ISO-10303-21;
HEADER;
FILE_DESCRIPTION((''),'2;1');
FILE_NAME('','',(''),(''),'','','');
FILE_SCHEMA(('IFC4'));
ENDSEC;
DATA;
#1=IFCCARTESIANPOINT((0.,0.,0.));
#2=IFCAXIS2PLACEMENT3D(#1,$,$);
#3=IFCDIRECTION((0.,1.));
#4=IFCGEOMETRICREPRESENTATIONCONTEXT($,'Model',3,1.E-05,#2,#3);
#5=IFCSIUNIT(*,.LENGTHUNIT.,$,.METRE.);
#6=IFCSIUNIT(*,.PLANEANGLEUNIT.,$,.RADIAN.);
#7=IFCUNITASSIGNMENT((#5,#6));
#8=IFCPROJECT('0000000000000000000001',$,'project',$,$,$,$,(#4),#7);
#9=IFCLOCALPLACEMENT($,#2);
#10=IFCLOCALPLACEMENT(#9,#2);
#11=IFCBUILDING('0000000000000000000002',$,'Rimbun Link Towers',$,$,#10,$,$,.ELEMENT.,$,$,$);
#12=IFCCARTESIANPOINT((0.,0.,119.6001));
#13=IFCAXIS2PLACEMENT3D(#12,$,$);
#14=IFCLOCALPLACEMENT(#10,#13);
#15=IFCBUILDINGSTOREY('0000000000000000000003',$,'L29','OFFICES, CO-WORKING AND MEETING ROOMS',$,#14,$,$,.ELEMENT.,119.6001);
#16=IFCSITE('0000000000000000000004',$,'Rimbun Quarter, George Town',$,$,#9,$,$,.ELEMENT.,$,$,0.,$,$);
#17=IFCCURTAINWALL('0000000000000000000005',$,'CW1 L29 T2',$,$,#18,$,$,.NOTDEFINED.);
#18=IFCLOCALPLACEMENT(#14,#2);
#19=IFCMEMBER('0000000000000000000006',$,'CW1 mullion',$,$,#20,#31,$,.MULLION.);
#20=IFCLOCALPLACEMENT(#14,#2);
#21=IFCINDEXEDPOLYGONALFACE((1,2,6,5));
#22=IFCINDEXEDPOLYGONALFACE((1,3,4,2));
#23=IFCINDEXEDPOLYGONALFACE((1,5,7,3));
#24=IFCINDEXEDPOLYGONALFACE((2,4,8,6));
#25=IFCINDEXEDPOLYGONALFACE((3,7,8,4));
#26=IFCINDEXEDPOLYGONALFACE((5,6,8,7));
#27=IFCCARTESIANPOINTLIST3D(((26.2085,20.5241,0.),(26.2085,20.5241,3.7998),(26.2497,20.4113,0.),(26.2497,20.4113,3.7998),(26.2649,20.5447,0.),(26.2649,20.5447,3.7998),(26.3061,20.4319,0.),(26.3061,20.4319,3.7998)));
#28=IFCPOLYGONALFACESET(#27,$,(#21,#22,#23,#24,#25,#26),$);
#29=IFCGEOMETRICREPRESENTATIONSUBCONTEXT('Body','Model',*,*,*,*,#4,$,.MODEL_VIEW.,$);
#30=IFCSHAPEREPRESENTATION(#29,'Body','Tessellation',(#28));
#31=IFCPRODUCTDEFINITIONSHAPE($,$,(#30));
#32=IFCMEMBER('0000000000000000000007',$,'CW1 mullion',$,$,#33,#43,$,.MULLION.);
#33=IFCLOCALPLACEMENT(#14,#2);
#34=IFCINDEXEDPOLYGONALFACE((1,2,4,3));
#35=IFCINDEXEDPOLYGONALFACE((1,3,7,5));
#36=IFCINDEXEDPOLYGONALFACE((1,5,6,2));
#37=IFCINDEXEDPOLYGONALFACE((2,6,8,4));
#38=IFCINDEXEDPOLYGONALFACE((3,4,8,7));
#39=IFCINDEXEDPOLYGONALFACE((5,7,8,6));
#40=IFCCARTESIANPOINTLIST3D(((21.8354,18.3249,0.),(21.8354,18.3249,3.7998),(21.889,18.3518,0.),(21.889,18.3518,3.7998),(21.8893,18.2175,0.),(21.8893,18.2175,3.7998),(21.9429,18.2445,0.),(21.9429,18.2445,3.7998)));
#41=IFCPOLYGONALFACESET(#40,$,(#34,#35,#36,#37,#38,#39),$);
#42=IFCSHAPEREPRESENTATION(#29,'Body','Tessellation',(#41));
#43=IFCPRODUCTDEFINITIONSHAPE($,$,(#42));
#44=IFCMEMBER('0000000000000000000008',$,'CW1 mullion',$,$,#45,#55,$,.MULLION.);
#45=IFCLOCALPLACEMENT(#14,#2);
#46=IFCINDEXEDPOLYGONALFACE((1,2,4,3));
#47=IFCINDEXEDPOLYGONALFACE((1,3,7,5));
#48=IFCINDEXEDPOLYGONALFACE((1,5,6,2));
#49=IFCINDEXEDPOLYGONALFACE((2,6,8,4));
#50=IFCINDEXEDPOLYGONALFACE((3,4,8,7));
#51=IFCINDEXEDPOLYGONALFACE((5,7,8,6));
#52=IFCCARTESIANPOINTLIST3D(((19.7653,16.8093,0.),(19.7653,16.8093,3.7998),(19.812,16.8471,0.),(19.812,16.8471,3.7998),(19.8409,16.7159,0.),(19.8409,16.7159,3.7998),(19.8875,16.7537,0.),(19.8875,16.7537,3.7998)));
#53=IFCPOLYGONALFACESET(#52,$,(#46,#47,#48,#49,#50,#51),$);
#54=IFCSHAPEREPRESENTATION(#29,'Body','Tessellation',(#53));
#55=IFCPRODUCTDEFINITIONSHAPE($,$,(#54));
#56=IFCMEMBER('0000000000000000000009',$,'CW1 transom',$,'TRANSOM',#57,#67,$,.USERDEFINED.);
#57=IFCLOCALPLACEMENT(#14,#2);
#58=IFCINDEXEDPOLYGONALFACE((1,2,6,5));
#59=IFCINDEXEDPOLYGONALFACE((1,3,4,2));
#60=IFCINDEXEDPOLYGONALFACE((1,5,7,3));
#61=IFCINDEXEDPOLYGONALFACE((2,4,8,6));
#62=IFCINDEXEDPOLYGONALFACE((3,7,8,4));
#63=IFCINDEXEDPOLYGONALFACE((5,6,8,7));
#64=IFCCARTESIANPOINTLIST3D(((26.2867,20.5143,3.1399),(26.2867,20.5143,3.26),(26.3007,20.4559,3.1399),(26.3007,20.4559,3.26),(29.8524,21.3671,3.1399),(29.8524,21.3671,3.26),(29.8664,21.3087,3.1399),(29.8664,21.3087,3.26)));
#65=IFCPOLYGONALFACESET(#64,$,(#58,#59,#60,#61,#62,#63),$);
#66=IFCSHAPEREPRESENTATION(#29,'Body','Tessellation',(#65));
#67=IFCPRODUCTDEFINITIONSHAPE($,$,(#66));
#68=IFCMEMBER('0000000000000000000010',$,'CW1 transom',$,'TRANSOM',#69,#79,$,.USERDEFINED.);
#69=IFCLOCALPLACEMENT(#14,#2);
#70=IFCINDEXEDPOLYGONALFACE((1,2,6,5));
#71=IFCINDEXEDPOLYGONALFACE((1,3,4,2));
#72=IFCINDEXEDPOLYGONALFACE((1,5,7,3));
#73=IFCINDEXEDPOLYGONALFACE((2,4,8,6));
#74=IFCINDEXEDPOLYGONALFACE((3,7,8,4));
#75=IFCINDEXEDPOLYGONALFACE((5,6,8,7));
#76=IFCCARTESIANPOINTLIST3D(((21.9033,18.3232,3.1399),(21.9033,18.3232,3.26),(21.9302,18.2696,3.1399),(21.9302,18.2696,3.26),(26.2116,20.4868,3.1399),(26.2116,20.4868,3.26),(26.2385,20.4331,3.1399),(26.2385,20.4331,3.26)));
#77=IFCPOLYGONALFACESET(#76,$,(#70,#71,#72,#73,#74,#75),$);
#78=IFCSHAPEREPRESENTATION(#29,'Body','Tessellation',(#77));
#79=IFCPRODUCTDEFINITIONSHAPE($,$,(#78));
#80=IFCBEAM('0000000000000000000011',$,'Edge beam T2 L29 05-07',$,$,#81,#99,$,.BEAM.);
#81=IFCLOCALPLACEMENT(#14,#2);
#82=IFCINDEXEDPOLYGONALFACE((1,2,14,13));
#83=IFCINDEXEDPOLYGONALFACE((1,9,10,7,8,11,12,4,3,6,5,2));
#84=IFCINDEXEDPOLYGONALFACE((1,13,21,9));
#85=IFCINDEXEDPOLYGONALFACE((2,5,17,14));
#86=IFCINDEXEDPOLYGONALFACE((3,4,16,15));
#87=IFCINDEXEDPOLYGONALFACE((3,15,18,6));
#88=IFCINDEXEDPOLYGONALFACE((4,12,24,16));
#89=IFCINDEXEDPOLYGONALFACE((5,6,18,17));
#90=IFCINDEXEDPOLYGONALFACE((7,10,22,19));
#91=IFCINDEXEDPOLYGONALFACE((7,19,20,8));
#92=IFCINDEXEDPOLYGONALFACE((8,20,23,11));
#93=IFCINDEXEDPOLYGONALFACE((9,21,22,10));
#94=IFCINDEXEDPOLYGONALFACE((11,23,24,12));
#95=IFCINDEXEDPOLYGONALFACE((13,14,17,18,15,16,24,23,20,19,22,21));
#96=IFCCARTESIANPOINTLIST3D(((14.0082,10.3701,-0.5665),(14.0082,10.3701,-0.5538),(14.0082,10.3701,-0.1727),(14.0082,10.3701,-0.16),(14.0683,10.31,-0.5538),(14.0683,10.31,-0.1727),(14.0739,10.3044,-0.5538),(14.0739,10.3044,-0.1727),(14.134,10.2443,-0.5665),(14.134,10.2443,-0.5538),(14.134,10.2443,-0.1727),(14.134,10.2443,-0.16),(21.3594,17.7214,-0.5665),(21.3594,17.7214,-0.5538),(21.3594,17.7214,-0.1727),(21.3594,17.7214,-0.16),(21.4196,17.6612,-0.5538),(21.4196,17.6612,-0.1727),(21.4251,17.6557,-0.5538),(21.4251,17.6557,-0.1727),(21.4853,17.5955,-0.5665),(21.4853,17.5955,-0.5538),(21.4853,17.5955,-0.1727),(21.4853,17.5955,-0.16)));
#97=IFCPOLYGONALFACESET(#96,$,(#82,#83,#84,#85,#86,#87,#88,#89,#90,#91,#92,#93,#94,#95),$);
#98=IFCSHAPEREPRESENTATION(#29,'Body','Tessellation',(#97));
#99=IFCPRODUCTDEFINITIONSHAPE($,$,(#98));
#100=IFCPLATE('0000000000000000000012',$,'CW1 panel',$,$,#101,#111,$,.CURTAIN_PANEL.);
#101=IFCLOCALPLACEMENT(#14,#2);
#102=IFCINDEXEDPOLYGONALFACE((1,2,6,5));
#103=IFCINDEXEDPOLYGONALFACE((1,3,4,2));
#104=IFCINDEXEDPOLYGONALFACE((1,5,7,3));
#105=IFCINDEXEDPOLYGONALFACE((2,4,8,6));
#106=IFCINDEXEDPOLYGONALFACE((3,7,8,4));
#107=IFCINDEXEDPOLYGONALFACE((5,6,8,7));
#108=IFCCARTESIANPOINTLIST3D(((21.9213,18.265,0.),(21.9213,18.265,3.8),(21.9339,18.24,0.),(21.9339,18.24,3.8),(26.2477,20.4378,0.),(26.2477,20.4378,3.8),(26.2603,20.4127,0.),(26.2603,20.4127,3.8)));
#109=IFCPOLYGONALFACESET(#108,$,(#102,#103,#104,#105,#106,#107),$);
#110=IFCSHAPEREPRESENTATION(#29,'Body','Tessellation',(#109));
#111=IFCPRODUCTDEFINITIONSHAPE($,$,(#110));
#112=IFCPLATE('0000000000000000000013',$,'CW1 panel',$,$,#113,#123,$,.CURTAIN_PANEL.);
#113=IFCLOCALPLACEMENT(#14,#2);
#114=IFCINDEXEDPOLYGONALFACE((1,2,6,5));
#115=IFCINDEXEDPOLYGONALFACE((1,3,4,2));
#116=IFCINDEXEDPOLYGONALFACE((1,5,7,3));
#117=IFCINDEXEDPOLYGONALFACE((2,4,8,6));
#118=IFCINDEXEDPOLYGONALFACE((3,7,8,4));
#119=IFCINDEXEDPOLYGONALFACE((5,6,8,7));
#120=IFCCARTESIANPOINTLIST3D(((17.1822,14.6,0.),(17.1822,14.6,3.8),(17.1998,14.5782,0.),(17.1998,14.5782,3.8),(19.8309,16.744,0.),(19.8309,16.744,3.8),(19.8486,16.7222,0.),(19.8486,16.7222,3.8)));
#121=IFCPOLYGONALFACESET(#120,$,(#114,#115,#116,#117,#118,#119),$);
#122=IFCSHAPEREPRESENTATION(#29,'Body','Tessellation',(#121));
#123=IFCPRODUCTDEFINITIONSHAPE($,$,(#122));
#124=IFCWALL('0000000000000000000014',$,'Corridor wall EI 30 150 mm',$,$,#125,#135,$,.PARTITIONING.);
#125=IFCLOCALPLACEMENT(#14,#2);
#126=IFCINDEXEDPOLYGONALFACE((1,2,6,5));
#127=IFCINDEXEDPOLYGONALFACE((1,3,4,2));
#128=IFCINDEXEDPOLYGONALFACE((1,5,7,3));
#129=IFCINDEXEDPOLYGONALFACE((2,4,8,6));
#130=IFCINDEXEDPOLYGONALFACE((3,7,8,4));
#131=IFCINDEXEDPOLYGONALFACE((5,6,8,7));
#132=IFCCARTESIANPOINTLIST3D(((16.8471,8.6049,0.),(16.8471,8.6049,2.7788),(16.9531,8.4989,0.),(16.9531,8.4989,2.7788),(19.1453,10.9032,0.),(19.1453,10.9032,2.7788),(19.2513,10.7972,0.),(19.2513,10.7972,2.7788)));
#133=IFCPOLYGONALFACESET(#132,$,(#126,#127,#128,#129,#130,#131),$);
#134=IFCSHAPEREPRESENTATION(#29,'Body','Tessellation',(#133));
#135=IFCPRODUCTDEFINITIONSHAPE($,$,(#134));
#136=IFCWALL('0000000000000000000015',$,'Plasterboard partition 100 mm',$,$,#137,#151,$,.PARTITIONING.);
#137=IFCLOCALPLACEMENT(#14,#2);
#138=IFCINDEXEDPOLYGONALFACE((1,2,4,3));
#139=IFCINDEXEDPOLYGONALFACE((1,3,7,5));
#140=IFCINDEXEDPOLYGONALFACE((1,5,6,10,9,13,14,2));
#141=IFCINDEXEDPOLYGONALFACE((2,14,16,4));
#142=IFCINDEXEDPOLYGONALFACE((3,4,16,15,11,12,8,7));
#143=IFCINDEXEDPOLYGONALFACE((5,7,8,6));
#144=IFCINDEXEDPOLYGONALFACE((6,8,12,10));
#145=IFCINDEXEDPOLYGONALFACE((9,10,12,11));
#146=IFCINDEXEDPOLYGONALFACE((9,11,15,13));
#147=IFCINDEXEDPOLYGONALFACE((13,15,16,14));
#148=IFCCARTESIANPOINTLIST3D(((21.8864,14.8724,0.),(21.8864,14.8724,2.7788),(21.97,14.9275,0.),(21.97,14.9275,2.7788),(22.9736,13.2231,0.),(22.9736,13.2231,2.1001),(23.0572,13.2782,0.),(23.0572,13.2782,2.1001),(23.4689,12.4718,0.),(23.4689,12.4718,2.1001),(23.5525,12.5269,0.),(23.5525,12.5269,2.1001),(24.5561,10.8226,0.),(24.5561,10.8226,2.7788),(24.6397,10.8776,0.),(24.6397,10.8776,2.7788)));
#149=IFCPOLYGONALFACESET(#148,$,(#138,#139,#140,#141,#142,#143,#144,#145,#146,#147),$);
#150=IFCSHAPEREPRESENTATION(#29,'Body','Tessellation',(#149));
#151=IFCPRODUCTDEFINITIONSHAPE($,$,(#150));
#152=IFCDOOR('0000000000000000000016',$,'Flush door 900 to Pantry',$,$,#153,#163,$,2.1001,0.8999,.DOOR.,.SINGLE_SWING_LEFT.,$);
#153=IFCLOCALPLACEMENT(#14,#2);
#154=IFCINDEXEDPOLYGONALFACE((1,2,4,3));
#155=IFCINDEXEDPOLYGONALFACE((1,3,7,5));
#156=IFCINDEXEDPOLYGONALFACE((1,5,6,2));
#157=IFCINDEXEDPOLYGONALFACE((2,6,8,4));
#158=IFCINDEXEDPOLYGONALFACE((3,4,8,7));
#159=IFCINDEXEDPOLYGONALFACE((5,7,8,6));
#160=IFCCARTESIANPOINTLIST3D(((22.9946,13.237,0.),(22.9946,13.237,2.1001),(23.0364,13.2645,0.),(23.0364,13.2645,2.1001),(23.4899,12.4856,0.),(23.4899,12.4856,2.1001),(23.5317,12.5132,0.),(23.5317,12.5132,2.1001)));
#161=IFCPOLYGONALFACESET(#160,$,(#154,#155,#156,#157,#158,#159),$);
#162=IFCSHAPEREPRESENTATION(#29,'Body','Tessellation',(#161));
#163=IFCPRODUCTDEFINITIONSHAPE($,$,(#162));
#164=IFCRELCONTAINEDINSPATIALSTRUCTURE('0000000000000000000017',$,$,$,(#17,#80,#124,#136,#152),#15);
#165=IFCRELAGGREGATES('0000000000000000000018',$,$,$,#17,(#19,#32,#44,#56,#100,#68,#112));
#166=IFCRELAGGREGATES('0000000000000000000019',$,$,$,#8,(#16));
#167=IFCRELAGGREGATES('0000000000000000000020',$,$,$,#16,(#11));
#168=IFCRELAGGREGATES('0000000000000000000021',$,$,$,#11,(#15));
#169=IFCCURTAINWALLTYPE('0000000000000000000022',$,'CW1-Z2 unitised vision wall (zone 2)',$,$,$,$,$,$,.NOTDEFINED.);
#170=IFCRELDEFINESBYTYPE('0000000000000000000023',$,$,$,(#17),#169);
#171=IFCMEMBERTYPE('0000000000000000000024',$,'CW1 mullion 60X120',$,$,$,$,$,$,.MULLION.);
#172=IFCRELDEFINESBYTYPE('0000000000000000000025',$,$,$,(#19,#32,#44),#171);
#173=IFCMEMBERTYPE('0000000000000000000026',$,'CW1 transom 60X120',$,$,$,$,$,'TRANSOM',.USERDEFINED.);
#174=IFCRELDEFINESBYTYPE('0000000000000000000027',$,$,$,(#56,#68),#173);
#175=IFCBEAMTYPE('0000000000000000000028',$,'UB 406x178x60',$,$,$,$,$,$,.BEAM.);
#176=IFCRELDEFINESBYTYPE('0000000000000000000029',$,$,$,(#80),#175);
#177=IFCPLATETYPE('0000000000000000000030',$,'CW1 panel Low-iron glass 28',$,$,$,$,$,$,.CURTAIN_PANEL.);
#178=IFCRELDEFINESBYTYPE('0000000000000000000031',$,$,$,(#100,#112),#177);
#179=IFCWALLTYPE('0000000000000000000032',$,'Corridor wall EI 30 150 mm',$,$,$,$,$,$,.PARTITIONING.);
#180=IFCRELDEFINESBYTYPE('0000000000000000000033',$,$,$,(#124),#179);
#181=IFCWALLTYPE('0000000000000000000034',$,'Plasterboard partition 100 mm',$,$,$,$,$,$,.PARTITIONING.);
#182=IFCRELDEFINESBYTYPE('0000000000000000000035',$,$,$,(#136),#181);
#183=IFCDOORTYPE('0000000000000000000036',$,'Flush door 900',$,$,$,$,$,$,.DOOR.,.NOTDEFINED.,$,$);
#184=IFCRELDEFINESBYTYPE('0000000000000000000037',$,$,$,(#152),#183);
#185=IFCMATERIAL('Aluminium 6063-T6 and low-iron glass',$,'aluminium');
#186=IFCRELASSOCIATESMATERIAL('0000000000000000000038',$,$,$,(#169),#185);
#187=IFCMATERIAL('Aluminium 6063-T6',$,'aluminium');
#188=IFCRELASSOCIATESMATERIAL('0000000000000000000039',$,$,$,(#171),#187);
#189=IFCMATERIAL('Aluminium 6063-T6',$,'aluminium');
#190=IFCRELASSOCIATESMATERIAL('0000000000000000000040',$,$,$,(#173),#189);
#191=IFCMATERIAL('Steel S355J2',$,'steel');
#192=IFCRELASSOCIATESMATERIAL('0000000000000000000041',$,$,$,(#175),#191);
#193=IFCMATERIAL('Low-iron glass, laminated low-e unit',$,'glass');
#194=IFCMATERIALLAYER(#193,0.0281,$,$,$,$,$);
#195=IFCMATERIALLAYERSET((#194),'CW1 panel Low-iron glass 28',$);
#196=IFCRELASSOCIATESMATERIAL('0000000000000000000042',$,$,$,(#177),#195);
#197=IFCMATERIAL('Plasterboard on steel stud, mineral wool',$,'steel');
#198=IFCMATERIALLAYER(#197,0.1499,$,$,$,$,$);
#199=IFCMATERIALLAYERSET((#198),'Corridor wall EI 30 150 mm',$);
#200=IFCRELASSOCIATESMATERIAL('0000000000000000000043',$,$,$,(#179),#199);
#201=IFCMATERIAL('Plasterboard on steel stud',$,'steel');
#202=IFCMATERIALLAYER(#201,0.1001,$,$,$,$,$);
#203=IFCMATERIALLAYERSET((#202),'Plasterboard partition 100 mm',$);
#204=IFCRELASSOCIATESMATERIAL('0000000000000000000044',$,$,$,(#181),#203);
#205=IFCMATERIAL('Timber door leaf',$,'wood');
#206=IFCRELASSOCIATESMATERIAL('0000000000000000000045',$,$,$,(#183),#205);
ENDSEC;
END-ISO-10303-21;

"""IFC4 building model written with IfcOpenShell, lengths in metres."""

from ifc_helpers import new_model, si_unit, direction, frame, frame_2d, origin, origin_2d, place, context, subcontext, project, spatial, rectangle, i_section, extrude, material, layer, layer_set, material_profile, profile_set, type_object, element, fill, aggregate, save


model = new_model("IFC4")

# Units and contexts
model_context = context("Model", 3, precision=1e-05, world=origin(), true_north=direction((0.0, 1.0)))
body_context = subcontext(model_context, "Body", "Model", "MODEL_VIEW")
ifc_project = project(units=[si_unit("LENGTHUNIT", "METRE"), si_unit("PLANEANGLEUNIT", "RADIAN")], contexts=[model_context])

# Site, building, storey
site_placement = place(None, origin())
site = spatial("IfcSite", under=ifc_project, at=site_placement, Name="Rimbun Quarter, George Town", CompositionType="ELEMENT", RefElevation=0.0)
building_placement = place(site_placement, origin())
building = spatial("IfcBuilding", under=site, at=building_placement, Name="Rimbun Link Towers", CompositionType="ELEMENT")
storey_placement = place(building_placement, frame((0.0, 0.0, 119.6001)))
storey = spatial("IfcBuildingStorey", under=building, at=storey_placement, Name="L29", Description="OFFICES, CO-WORKING AND MEETING ROOMS", CompositionType="ELEMENT", Elevation=119.6001)

# Curtain wall, members
ifc_material_1 = material(Name="Aluminium 6063-T6 and low-iron glass", Category="aluminium")
curtain_wall_type = type_object("IfcCurtainWallType", Name="CW1-Z2 unitised vision wall (zone 2)", PredefinedType="NOTDEFINED", material=ifc_material_1)
curtain_wall_placement = place(storey_placement, origin())
curtain_wall = element("IfcCurtainWall", 1, at=curtain_wall_placement, inside=storey, type_object=curtain_wall_type, Name="CW1 L29 T2", PredefinedType="NOTDEFINED")
ifc_material_2 = material(Name="Aluminium 6063-T6", Category="aluminium")
ifc_material_profile_1 = material_profile(ifc_material_2, rectangle(XDim=0.1201, YDim=0.0601, at=origin_2d()), Name="MULLION 60X120")
ifc_profile_set_1 = profile_set([ifc_material_profile_1], Name="Aluminium 6063-T6")
member_type_1 = type_object("IfcMemberType", Name="CW1 mullion 60X120", PredefinedType="MULLION", material=ifc_profile_set_1)
member_1_placement = place(storey_placement, frame((26.2573, 20.478, 0.0), z_axis=(0.0, 0.0, 1.0), x_axis=(-0.342975, 0.939345, 0.0)))
member_1 = element("IfcMember", 2, at=member_1_placement, type_object=member_type_1, Name="CW1 mullion", PredefinedType="MULLION", context=body_context, shape_type="SweptSolid", body=[
    extrude(rectangle(XDim=0.1201, YDim=0.0601, at=origin_2d()), origin(), (0.0, 0.0, 1.0), 3.7998),
])
member_2_placement = place(storey_placement, frame((21.8892, 18.2847, 0.0), z_axis=(0.0, 0.0, 1.0), x_axis=(-0.448789, 0.893638, 0.0)))
member_2 = element("IfcMember", 3, at=member_2_placement, type_object=member_type_1, Name="CW1 mullion", PredefinedType="MULLION", context=body_context, shape_type="SweptSolid", body=[
    extrude(rectangle(XDim=0.1201, YDim=0.0601, at=origin_2d()), origin(), (0.0, 0.0, 1.0), 3.7998),
])
member_3_placement = place(storey_placement, frame((19.8264, 16.7815, 0.0), z_axis=(0.0, 0.0, 1.0), x_axis=(-0.629158, 0.777277, 0.0)))
member_3 = element("IfcMember", 4, at=member_3_placement, type_object=member_type_1, Name="CW1 mullion", PredefinedType="MULLION", context=body_context, shape_type="SweptSolid", body=[
    extrude(rectangle(XDim=0.1201, YDim=0.0601, at=origin_2d()), origin(), (0.0, 0.0, 1.0), 3.7998),
])
ifc_material_3 = material(Name="Aluminium 6063-T6", Category="aluminium")
ifc_material_profile_2 = material_profile(ifc_material_3, rectangle(XDim=0.0601, YDim=0.1201, at=origin_2d()), Name="TRANSOM 60X120")
ifc_profile_set_2 = profile_set([ifc_material_profile_2], Name="Aluminium 6063-T6")
member_type_2 = type_object("IfcMemberType", Name="CW1 transom 60X120", ElementType="TRANSOM", PredefinedType="USERDEFINED", material=ifc_profile_set_2)
member_4_placement = place(storey_placement, frame((26.2937, 20.4851, 3.2), z_axis=(0.972571, 0.232605, 0.0), x_axis=(-0.232605, 0.972571, 0.0)))
member_4 = element("IfcMember", 5, at=member_4_placement, type_object=member_type_2, Name="CW1 transom", ObjectType="TRANSOM", PredefinedType="USERDEFINED", context=body_context, shape_type="SweptSolid", body=[
    extrude(rectangle(XDim=0.0601, YDim=0.1201, at=origin_2d()), origin(), (0.0, 0.0, 1.0), 3.6663),
])
member_5_placement = place(storey_placement, frame((21.9167, 18.2964, 3.2), z_axis=(0.893646, 0.448773, 0.0), x_axis=(-0.448773, 0.893646, 0.0)))
member_5 = element("IfcMember", 6, at=member_5_placement, type_object=member_type_2, Name="CW1 transom", ObjectType="TRANSOM", PredefinedType="USERDEFINED", context=body_context, shape_type="SweptSolid", body=[
    extrude(rectangle(XDim=0.0601, YDim=0.1201, at=origin_2d()), origin(), (0.0, 0.0, 1.0), 4.821),
])

# Beam
ifc_material_4 = material(Name="Steel S355J2", Category="steel")
ifc_material_profile_3 = material_profile(ifc_material_4, i_section(OverallWidth=0.178, OverallDepth=0.4065, WebThickness=0.0078, FlangeThickness=0.0127, at=origin_2d()), Name="UB 406x178x60")
ifc_profile_set_3 = profile_set([ifc_material_profile_3], Name="Steel S355J2")
beam_type = type_object("IfcBeamType", Name="UB 406x178x60", PredefinedType="BEAM", material=ifc_profile_set_3)
beam_placement = place(storey_placement, frame((21.4224, 17.6584, -0.3633), z_axis=(-0.707107, -0.707107, 0.0), x_axis=(0.707107, -0.707107, 0.0)))
element("IfcBeam", 7, at=beam_placement, inside=storey, type_object=beam_type, Name="Edge beam T2 L29 05-07", PredefinedType="BEAM", context=body_context, shape_type="SweptSolid", body=[
    extrude(i_section(OverallWidth=0.178, OverallDepth=0.4065, WebThickness=0.0078, FlangeThickness=0.0127, at=origin_2d()), origin(), (0.0, 0.0, 1.0), 10.3962),
])

# Plates
ifc_material_5 = material(Name="Low-iron glass, laminated low-e unit", Category="glass")
ifc_layer_1 = layer(ifc_material_5, 0.0281)
ifc_layer_set_1 = layer_set([ifc_layer_1], Name="CW1 panel Low-iron glass 28")
plate_type = type_object("IfcPlateType", Name="CW1 panel Low-iron glass 28", PredefinedType="CURTAIN_PANEL", material=ifc_layer_set_1)
plate_1_placement = place(storey_placement, frame((24.0908, 19.3389, 0.0), z_axis=(0.0, 0.0, 1.0), x_axis=(0.893638, 0.448789, 0.0)))
plate_1 = element("IfcPlate", 8, at=plate_1_placement, type_object=plate_type, Name="CW1 panel", PredefinedType="CURTAIN_PANEL", context=body_context, shape_type="SweptSolid", body=[
    extrude(rectangle(XDim=4.8413, YDim=0.0281, at=origin_2d()), origin(), (0.0, 0.0, 1.0), 3.8),
])
plate_2_placement = place(storey_placement, frame((18.5154, 15.6611, 0.0), z_axis=(0.0, 0.0, 1.0), x_axis=(0.777277, 0.629158, 0.0)))
plate_2 = element("IfcPlate", 9, at=plate_2_placement, type_object=plate_type, Name="CW1 panel", PredefinedType="CURTAIN_PANEL", context=body_context, shape_type="SweptSolid", body=[
    extrude(rectangle(XDim=3.4077, YDim=0.0281, at=origin_2d()), origin(), (0.0, 0.0, 1.0), 3.8),
])
aggregate(curtain_wall, [member_1, member_2, member_3, member_4, plate_1, member_5, plate_2])

# Wall
ifc_material_6 = material(Name="Plasterboard on steel stud, mineral wool", Category="steel")
ifc_layer_2 = layer(ifc_material_6, 0.1499)
ifc_layer_set_2 = layer_set([ifc_layer_2], Name="Corridor wall EI 30 150 mm")
wall_type_1 = type_object("IfcWallType", Name="Corridor wall EI 30 150 mm", PredefinedType="PARTITIONING", material=ifc_layer_set_2)
wall_1_placement = place(storey_placement, frame((19.1982, 10.8501, 0.0), z_axis=(0.0, 0.0, 1.0), x_axis=(-0.707107, -0.707107, 0.0)))
element("IfcWall", 10, at=wall_1_placement, inside=storey, type_object=wall_type_1, Name="Corridor wall EI 30 150 mm", PredefinedType="PARTITIONING", context=body_context, shape_type="SweptSolid", body=[
    extrude(rectangle(XDim=3.2502, YDim=0.1499, at=frame_2d((1.625, 0.0))), origin(), (0.0, 0.0, 1.0), 2.7788),
])

# Wall, opening, door
ifc_material_7 = material(Name="Plasterboard on steel stud", Category="steel")
ifc_layer_3 = layer(ifc_material_7, 0.1001)
ifc_layer_set_3 = layer_set([ifc_layer_3], Name="Plasterboard partition 100 mm")
wall_type_2 = type_object("IfcWallType", Name="Plasterboard partition 100 mm", PredefinedType="PARTITIONING", material=ifc_layer_set_3)
wall_2_placement = place(storey_placement, frame((24.5979, 10.8501, 0.0), z_axis=(0.0, 0.0, 1.0), x_axis=(-0.550384, 0.834912, 0.0)))
wall_2 = element("IfcWall", 11, at=wall_2_placement, inside=storey, type_object=wall_type_2, Name="Plasterboard partition 100 mm", PredefinedType="PARTITIONING", context=body_context, shape_type="SweptSolid", body=[
    extrude(rectangle(XDim=4.8506, YDim=0.1001, at=frame_2d((2.4253, 0.0))), origin(), (0.0, 0.0, 1.0), 2.7788),
])
opening_1_placement = place(wall_2_placement, frame((1.9753, 0.0, 0.0)))
opening_1 = element("IfcOpeningElement", 12, at=opening_1_placement, cuts=wall_2, PredefinedType="OPENING", context=body_context, shape_type="SweptSolid", body=[
    extrude(rectangle(XDim=0.8999, YDim=2.1001, at=frame_2d((0.45, 1.05))), frame((0.0, 0.0601, 0.0), z_axis=(0.0, -1.0, 0.0), x_axis=(1.0, 0.0, 0.0)), (0.0, 0.0, 1.0), 0.1201),
])
ifc_material_8 = material(Name="Timber door leaf", Category="wood")
door_type_1 = type_object("IfcDoorType", Name="Flush door 900", OperationType="NOTDEFINED", PredefinedType="DOOR", material=ifc_material_8)
door_1_placement = place(opening_1_placement, origin())
door_1 = element("IfcDoor", 13, at=door_1_placement, inside=storey, type_object=door_type_1, Name="Flush door 900 to Pantry", OperationType="SINGLE_SWING_LEFT", OverallHeight=2.1001, OverallWidth=0.8999, PredefinedType="DOOR", context=body_context, shape_type="SweptSolid", body=[
    extrude(rectangle(XDim=0.8999, YDim=2.1001, at=frame_2d((0.45, 1.05))), frame((0.0, 0.0249, 0.0), z_axis=(0.0, -1.0, 0.0), x_axis=(1.0, 0.0, 0.0)), (0.0, 0.0, 1.0), 0.05),
])
fill(opening_1, door_1)

save(model, "model.ifc")
